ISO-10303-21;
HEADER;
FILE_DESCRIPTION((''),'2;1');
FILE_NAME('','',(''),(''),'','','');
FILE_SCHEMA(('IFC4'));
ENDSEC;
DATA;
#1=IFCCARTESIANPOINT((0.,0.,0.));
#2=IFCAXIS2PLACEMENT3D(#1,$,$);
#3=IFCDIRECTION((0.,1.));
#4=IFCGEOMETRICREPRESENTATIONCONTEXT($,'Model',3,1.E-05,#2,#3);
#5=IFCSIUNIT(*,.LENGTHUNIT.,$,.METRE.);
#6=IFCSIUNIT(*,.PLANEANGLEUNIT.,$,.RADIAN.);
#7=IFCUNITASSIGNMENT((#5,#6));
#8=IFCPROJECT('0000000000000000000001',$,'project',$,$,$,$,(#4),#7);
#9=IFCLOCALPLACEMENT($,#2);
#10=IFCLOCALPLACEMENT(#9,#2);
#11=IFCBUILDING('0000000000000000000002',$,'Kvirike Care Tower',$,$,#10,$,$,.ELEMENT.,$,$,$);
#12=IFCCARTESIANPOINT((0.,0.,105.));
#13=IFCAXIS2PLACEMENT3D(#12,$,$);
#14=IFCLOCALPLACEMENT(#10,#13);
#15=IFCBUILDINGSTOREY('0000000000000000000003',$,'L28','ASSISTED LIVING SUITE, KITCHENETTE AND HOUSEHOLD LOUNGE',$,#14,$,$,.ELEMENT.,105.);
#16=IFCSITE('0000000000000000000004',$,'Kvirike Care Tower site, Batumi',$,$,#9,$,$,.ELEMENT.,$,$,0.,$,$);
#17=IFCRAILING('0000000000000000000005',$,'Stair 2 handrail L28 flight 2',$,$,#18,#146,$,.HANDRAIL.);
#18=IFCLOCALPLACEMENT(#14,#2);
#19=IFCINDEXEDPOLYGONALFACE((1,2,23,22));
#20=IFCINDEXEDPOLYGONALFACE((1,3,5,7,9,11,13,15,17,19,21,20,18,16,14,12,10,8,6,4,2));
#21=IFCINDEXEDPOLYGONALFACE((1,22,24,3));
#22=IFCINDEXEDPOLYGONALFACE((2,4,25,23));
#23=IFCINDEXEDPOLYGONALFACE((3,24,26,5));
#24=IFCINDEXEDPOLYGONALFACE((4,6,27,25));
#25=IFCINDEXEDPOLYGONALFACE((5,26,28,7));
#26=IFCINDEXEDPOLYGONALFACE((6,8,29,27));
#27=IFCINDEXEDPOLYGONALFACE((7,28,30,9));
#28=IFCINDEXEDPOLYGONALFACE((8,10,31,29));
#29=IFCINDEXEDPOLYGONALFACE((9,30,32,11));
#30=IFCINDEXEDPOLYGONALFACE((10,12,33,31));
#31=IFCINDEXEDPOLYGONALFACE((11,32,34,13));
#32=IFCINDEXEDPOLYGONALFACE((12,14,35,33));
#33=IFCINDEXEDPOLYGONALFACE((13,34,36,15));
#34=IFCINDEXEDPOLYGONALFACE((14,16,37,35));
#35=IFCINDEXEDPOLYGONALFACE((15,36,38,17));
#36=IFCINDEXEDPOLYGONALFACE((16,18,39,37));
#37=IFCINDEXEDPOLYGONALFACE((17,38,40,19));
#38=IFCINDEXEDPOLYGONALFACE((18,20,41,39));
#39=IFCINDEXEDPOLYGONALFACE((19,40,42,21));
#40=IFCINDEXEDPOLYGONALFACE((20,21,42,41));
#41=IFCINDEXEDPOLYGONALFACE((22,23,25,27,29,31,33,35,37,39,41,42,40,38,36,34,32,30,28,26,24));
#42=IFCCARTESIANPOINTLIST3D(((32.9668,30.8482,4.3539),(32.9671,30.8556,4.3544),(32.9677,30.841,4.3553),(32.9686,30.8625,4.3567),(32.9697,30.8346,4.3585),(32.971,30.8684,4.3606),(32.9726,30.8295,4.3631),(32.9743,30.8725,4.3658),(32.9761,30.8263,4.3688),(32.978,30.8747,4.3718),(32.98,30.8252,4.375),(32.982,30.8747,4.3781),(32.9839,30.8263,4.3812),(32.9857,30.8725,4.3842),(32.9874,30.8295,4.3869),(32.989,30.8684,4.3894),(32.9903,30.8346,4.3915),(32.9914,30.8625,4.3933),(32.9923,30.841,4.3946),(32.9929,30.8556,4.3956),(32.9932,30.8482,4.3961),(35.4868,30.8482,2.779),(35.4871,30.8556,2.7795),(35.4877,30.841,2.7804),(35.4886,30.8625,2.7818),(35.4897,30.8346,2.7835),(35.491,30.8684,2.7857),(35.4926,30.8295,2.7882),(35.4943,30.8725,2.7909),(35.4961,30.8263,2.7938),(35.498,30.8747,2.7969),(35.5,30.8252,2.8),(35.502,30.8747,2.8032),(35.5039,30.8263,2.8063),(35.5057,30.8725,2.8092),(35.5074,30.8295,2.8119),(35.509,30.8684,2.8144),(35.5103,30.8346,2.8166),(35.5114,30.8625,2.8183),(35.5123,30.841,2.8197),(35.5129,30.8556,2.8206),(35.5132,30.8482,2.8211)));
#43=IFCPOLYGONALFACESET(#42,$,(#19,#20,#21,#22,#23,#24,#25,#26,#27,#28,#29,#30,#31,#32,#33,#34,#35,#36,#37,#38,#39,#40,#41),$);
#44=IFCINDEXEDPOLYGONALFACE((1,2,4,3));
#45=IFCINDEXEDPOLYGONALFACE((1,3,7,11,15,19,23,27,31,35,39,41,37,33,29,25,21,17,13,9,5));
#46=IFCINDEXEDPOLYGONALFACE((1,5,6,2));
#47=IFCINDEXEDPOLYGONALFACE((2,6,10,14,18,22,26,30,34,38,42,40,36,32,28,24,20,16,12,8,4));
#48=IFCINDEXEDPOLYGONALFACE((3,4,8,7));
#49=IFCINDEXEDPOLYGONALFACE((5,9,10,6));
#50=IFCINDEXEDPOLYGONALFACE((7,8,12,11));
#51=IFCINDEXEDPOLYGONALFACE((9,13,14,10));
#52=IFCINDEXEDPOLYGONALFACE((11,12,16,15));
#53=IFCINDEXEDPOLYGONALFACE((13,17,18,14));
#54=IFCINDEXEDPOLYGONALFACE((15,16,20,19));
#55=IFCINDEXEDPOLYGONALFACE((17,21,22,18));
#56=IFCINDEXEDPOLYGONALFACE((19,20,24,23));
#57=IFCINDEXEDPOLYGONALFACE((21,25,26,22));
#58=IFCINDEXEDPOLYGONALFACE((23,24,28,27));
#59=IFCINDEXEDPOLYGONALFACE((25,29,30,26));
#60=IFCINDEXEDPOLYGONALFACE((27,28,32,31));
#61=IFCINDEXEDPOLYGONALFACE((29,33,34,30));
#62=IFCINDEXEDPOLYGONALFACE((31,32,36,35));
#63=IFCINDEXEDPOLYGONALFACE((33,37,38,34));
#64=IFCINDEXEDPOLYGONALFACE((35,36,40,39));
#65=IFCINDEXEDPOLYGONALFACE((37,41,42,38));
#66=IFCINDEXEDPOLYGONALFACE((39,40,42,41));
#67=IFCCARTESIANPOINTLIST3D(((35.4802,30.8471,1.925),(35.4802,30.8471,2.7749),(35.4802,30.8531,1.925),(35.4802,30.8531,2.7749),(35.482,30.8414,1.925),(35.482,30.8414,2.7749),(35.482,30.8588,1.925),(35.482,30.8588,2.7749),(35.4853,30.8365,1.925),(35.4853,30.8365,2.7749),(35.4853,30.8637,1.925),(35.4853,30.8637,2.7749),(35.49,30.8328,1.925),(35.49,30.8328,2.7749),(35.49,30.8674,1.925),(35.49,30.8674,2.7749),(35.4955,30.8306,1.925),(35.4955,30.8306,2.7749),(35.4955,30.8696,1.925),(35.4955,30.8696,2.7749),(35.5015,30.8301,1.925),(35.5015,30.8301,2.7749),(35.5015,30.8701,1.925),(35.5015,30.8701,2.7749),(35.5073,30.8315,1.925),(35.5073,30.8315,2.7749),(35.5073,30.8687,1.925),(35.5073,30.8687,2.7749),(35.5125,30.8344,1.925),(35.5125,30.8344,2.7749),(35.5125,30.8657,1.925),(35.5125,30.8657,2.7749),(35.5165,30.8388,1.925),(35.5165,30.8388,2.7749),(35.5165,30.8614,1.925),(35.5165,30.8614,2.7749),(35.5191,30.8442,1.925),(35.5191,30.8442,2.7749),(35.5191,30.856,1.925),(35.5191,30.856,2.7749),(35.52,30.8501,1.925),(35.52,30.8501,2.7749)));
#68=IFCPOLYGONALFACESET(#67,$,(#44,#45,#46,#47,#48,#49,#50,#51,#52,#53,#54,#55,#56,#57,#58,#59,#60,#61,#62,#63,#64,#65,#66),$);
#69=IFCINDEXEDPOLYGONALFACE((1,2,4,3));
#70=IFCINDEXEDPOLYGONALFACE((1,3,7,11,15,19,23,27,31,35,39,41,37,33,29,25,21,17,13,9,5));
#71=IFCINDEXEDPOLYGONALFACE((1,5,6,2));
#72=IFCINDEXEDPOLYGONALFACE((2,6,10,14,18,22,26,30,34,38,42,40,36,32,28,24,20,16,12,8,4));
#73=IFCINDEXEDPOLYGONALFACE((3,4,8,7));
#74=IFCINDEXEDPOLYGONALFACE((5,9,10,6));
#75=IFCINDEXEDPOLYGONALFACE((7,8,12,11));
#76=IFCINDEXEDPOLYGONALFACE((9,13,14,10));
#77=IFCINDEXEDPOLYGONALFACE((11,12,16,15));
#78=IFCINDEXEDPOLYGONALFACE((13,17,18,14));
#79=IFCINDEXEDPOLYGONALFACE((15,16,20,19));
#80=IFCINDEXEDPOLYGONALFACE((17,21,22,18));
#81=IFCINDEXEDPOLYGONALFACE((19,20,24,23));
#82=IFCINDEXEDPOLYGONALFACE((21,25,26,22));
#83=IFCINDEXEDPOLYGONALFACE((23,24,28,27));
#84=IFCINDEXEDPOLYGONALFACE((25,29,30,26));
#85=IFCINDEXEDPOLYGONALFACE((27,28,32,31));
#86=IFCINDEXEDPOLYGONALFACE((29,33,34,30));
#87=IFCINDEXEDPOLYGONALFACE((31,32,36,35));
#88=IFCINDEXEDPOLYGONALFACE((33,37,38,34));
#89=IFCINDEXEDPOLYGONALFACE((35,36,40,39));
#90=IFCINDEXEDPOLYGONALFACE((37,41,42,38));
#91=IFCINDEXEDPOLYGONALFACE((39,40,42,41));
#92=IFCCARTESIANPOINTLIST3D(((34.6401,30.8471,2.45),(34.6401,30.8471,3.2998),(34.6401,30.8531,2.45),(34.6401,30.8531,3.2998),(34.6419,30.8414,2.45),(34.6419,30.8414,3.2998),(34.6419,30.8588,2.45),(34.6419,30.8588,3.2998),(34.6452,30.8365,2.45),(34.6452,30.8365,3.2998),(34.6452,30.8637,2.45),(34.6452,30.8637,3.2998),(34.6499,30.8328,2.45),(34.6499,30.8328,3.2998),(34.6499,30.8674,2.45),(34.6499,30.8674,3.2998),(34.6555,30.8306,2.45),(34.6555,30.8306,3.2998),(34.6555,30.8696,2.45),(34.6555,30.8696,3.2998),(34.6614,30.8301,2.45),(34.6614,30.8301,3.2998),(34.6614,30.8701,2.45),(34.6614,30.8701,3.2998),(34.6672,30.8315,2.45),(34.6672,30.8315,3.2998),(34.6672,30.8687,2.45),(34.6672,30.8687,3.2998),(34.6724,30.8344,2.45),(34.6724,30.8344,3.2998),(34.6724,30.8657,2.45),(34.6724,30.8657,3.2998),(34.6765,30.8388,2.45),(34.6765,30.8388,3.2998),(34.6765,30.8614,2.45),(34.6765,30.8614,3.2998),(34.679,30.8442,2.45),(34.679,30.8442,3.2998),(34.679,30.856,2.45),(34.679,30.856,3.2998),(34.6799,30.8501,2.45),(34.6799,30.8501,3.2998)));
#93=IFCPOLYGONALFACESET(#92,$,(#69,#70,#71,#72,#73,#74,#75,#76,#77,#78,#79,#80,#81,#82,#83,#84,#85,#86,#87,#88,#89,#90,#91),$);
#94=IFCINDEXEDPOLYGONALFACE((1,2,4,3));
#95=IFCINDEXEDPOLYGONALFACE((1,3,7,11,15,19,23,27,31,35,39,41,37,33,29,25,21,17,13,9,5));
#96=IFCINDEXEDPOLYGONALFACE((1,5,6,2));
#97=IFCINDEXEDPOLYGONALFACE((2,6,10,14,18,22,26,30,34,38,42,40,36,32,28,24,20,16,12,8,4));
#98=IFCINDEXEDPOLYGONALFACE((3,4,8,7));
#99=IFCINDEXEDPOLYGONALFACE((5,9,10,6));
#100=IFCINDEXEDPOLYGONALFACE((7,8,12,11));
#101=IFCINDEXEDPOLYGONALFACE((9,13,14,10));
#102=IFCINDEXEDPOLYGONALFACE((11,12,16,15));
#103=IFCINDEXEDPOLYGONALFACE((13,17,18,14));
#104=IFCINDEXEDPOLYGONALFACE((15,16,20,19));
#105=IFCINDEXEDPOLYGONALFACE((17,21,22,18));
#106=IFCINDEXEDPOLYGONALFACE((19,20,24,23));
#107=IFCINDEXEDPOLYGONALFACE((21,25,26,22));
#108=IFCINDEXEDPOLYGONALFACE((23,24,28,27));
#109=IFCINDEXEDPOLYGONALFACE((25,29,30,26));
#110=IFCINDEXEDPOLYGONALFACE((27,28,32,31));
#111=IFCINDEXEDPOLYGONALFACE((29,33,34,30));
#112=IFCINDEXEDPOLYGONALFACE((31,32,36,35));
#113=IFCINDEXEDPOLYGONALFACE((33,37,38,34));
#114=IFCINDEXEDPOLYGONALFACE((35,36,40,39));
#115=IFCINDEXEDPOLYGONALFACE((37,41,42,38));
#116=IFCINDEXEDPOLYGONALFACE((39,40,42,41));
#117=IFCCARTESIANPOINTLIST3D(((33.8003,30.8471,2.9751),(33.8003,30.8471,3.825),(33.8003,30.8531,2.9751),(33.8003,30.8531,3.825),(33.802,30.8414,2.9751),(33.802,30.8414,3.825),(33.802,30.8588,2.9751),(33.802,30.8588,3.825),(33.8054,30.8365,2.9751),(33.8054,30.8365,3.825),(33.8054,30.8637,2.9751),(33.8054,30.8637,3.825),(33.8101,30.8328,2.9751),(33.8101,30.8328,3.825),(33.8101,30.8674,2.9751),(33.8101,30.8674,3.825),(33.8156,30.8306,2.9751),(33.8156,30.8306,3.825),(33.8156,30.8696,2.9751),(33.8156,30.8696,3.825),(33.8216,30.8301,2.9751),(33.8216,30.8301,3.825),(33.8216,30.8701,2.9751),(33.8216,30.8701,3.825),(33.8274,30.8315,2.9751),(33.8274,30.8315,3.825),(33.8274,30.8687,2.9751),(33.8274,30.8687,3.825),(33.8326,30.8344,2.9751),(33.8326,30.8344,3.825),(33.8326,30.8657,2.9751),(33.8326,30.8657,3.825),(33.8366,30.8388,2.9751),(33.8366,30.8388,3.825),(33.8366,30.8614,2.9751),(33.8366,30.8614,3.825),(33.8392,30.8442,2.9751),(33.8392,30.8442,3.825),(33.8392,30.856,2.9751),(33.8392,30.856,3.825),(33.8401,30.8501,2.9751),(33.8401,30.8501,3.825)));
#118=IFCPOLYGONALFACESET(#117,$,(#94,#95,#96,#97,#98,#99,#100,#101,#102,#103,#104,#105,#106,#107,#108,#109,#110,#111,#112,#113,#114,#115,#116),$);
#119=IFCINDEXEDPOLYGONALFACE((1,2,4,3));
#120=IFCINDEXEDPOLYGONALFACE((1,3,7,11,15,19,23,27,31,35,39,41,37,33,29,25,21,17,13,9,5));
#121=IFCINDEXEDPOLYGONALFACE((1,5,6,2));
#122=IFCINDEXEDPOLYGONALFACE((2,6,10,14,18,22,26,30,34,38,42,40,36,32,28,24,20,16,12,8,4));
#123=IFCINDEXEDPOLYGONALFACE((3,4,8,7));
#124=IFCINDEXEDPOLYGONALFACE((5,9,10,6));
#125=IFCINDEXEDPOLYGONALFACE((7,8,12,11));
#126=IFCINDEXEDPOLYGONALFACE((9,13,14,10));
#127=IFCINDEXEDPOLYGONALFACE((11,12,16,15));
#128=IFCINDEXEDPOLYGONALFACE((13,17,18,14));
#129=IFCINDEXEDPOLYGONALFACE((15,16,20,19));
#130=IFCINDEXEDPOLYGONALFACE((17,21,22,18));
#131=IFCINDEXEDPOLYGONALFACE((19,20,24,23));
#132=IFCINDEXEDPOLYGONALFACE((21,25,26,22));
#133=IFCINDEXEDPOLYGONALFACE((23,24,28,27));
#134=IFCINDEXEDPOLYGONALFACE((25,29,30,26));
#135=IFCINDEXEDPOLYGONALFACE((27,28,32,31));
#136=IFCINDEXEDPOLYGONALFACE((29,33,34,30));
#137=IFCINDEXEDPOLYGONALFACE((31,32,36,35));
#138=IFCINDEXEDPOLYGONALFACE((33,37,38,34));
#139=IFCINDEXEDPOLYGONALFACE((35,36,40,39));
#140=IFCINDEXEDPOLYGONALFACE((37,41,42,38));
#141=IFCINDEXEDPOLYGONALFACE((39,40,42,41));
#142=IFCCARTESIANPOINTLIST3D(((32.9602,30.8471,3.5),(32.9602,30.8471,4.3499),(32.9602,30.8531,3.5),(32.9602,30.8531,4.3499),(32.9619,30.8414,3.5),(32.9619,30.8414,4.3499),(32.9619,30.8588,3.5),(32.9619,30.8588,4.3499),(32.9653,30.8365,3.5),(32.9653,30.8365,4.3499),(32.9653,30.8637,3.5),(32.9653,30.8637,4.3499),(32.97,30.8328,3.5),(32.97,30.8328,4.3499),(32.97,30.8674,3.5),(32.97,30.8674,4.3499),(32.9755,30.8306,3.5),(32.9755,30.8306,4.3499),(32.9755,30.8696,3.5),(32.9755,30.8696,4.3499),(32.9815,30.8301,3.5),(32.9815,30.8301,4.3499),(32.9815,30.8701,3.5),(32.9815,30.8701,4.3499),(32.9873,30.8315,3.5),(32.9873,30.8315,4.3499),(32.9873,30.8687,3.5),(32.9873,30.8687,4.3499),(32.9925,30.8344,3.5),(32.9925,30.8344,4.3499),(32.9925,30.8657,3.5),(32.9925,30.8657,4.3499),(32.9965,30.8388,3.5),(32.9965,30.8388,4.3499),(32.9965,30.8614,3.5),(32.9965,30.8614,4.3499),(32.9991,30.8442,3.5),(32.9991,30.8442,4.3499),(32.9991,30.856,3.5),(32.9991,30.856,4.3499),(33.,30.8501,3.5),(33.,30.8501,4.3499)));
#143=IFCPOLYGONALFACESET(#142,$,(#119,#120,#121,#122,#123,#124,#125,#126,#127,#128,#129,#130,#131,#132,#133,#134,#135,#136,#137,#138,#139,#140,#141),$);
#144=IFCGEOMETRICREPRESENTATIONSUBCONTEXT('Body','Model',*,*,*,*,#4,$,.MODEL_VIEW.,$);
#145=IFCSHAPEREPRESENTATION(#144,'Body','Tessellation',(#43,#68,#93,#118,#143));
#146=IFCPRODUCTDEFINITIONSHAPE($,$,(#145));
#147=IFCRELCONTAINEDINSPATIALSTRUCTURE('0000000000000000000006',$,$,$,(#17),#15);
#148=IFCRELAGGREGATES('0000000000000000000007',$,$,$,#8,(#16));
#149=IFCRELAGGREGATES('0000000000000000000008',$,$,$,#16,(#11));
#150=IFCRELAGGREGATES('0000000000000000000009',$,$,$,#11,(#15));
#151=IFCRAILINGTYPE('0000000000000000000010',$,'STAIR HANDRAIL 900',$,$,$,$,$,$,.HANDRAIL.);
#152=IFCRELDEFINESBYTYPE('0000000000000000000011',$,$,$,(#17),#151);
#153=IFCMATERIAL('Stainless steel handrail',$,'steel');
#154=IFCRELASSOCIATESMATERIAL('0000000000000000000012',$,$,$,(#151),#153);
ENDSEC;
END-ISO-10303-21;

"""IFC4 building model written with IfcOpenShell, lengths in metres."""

from ifc_helpers import new_model, si_unit, direction, frame, origin, origin_2d, place, context, subcontext, project, spatial, circle, extrude, material, type_object, element, save


model = new_model("IFC4")

# Units and contexts
model_context = context("Model", 3, precision=1e-05, world=origin(), true_north=direction((0.0, 1.0)))
body_context = subcontext(model_context, "Body", "Model", "MODEL_VIEW")
ifc_project = project(units=[si_unit("LENGTHUNIT", "METRE"), si_unit("PLANEANGLEUNIT", "RADIAN")], contexts=[model_context])

# Site, building, storey
site_placement = place(None, origin())
site = spatial("IfcSite", under=ifc_project, at=site_placement, Name="Kvirike Care Tower site, Batumi", CompositionType="ELEMENT", RefElevation=0.0)
building_placement = place(site_placement, origin())
building = spatial("IfcBuilding", under=site, at=building_placement, Name="Kvirike Care Tower", CompositionType="ELEMENT")
storey_placement = place(building_placement, frame((0.0, 0.0, 105.0)))
storey = spatial("IfcBuildingStorey", under=building, at=storey_placement, Name="L28", Description="ASSISTED LIVING SUITE, KITCHENETTE AND HOUSEHOLD LOUNGE", CompositionType="ELEMENT", Elevation=105.0)

# Railing
ifc_material_1 = material(Name="Stainless steel handrail", Category="steel")
railing_type = type_object("IfcRailingType", Name="STAIR HANDRAIL 900", PredefinedType="HANDRAIL", material=ifc_material_1)
railing_1_placement = place(storey_placement, frame((35.5, 30.8501, 1.925)))
element("IfcRailing", 1, at=railing_1_placement, inside=storey, type_object=railing_type, Name="Stair 2 handrail L28 flight 2", PredefinedType="HANDRAIL", context=body_context, shape_type="SweptSolid", body=[
    extrude(circle(Radius=0.0249, at=origin_2d()), frame((0.0, 0.0, 0.875), z_axis=(-0.848008, 0.0, 0.529984), x_axis=(0.0, -1.0, 0.0)), (0.0, 0.0, 1.0), 2.9717),
    extrude(circle(Radius=0.02, at=origin_2d()), origin(), (0.0, 0.0, 1.0), 0.8499),
    extrude(circle(Radius=0.02, at=origin_2d()), frame((-0.8401, 0.0, 0.5249)), (0.0, 0.0, 1.0), 0.8499),
    extrude(circle(Radius=0.02, at=origin_2d()), frame((-1.6799, 0.0, 1.05)), (0.0, 0.0, 1.0), 0.8499),
    extrude(circle(Radius=0.02, at=origin_2d()), frame((-2.52, 0.0, 1.575)), (0.0, 0.0, 1.0), 0.8499),
])

save(model, "model.ifc")
